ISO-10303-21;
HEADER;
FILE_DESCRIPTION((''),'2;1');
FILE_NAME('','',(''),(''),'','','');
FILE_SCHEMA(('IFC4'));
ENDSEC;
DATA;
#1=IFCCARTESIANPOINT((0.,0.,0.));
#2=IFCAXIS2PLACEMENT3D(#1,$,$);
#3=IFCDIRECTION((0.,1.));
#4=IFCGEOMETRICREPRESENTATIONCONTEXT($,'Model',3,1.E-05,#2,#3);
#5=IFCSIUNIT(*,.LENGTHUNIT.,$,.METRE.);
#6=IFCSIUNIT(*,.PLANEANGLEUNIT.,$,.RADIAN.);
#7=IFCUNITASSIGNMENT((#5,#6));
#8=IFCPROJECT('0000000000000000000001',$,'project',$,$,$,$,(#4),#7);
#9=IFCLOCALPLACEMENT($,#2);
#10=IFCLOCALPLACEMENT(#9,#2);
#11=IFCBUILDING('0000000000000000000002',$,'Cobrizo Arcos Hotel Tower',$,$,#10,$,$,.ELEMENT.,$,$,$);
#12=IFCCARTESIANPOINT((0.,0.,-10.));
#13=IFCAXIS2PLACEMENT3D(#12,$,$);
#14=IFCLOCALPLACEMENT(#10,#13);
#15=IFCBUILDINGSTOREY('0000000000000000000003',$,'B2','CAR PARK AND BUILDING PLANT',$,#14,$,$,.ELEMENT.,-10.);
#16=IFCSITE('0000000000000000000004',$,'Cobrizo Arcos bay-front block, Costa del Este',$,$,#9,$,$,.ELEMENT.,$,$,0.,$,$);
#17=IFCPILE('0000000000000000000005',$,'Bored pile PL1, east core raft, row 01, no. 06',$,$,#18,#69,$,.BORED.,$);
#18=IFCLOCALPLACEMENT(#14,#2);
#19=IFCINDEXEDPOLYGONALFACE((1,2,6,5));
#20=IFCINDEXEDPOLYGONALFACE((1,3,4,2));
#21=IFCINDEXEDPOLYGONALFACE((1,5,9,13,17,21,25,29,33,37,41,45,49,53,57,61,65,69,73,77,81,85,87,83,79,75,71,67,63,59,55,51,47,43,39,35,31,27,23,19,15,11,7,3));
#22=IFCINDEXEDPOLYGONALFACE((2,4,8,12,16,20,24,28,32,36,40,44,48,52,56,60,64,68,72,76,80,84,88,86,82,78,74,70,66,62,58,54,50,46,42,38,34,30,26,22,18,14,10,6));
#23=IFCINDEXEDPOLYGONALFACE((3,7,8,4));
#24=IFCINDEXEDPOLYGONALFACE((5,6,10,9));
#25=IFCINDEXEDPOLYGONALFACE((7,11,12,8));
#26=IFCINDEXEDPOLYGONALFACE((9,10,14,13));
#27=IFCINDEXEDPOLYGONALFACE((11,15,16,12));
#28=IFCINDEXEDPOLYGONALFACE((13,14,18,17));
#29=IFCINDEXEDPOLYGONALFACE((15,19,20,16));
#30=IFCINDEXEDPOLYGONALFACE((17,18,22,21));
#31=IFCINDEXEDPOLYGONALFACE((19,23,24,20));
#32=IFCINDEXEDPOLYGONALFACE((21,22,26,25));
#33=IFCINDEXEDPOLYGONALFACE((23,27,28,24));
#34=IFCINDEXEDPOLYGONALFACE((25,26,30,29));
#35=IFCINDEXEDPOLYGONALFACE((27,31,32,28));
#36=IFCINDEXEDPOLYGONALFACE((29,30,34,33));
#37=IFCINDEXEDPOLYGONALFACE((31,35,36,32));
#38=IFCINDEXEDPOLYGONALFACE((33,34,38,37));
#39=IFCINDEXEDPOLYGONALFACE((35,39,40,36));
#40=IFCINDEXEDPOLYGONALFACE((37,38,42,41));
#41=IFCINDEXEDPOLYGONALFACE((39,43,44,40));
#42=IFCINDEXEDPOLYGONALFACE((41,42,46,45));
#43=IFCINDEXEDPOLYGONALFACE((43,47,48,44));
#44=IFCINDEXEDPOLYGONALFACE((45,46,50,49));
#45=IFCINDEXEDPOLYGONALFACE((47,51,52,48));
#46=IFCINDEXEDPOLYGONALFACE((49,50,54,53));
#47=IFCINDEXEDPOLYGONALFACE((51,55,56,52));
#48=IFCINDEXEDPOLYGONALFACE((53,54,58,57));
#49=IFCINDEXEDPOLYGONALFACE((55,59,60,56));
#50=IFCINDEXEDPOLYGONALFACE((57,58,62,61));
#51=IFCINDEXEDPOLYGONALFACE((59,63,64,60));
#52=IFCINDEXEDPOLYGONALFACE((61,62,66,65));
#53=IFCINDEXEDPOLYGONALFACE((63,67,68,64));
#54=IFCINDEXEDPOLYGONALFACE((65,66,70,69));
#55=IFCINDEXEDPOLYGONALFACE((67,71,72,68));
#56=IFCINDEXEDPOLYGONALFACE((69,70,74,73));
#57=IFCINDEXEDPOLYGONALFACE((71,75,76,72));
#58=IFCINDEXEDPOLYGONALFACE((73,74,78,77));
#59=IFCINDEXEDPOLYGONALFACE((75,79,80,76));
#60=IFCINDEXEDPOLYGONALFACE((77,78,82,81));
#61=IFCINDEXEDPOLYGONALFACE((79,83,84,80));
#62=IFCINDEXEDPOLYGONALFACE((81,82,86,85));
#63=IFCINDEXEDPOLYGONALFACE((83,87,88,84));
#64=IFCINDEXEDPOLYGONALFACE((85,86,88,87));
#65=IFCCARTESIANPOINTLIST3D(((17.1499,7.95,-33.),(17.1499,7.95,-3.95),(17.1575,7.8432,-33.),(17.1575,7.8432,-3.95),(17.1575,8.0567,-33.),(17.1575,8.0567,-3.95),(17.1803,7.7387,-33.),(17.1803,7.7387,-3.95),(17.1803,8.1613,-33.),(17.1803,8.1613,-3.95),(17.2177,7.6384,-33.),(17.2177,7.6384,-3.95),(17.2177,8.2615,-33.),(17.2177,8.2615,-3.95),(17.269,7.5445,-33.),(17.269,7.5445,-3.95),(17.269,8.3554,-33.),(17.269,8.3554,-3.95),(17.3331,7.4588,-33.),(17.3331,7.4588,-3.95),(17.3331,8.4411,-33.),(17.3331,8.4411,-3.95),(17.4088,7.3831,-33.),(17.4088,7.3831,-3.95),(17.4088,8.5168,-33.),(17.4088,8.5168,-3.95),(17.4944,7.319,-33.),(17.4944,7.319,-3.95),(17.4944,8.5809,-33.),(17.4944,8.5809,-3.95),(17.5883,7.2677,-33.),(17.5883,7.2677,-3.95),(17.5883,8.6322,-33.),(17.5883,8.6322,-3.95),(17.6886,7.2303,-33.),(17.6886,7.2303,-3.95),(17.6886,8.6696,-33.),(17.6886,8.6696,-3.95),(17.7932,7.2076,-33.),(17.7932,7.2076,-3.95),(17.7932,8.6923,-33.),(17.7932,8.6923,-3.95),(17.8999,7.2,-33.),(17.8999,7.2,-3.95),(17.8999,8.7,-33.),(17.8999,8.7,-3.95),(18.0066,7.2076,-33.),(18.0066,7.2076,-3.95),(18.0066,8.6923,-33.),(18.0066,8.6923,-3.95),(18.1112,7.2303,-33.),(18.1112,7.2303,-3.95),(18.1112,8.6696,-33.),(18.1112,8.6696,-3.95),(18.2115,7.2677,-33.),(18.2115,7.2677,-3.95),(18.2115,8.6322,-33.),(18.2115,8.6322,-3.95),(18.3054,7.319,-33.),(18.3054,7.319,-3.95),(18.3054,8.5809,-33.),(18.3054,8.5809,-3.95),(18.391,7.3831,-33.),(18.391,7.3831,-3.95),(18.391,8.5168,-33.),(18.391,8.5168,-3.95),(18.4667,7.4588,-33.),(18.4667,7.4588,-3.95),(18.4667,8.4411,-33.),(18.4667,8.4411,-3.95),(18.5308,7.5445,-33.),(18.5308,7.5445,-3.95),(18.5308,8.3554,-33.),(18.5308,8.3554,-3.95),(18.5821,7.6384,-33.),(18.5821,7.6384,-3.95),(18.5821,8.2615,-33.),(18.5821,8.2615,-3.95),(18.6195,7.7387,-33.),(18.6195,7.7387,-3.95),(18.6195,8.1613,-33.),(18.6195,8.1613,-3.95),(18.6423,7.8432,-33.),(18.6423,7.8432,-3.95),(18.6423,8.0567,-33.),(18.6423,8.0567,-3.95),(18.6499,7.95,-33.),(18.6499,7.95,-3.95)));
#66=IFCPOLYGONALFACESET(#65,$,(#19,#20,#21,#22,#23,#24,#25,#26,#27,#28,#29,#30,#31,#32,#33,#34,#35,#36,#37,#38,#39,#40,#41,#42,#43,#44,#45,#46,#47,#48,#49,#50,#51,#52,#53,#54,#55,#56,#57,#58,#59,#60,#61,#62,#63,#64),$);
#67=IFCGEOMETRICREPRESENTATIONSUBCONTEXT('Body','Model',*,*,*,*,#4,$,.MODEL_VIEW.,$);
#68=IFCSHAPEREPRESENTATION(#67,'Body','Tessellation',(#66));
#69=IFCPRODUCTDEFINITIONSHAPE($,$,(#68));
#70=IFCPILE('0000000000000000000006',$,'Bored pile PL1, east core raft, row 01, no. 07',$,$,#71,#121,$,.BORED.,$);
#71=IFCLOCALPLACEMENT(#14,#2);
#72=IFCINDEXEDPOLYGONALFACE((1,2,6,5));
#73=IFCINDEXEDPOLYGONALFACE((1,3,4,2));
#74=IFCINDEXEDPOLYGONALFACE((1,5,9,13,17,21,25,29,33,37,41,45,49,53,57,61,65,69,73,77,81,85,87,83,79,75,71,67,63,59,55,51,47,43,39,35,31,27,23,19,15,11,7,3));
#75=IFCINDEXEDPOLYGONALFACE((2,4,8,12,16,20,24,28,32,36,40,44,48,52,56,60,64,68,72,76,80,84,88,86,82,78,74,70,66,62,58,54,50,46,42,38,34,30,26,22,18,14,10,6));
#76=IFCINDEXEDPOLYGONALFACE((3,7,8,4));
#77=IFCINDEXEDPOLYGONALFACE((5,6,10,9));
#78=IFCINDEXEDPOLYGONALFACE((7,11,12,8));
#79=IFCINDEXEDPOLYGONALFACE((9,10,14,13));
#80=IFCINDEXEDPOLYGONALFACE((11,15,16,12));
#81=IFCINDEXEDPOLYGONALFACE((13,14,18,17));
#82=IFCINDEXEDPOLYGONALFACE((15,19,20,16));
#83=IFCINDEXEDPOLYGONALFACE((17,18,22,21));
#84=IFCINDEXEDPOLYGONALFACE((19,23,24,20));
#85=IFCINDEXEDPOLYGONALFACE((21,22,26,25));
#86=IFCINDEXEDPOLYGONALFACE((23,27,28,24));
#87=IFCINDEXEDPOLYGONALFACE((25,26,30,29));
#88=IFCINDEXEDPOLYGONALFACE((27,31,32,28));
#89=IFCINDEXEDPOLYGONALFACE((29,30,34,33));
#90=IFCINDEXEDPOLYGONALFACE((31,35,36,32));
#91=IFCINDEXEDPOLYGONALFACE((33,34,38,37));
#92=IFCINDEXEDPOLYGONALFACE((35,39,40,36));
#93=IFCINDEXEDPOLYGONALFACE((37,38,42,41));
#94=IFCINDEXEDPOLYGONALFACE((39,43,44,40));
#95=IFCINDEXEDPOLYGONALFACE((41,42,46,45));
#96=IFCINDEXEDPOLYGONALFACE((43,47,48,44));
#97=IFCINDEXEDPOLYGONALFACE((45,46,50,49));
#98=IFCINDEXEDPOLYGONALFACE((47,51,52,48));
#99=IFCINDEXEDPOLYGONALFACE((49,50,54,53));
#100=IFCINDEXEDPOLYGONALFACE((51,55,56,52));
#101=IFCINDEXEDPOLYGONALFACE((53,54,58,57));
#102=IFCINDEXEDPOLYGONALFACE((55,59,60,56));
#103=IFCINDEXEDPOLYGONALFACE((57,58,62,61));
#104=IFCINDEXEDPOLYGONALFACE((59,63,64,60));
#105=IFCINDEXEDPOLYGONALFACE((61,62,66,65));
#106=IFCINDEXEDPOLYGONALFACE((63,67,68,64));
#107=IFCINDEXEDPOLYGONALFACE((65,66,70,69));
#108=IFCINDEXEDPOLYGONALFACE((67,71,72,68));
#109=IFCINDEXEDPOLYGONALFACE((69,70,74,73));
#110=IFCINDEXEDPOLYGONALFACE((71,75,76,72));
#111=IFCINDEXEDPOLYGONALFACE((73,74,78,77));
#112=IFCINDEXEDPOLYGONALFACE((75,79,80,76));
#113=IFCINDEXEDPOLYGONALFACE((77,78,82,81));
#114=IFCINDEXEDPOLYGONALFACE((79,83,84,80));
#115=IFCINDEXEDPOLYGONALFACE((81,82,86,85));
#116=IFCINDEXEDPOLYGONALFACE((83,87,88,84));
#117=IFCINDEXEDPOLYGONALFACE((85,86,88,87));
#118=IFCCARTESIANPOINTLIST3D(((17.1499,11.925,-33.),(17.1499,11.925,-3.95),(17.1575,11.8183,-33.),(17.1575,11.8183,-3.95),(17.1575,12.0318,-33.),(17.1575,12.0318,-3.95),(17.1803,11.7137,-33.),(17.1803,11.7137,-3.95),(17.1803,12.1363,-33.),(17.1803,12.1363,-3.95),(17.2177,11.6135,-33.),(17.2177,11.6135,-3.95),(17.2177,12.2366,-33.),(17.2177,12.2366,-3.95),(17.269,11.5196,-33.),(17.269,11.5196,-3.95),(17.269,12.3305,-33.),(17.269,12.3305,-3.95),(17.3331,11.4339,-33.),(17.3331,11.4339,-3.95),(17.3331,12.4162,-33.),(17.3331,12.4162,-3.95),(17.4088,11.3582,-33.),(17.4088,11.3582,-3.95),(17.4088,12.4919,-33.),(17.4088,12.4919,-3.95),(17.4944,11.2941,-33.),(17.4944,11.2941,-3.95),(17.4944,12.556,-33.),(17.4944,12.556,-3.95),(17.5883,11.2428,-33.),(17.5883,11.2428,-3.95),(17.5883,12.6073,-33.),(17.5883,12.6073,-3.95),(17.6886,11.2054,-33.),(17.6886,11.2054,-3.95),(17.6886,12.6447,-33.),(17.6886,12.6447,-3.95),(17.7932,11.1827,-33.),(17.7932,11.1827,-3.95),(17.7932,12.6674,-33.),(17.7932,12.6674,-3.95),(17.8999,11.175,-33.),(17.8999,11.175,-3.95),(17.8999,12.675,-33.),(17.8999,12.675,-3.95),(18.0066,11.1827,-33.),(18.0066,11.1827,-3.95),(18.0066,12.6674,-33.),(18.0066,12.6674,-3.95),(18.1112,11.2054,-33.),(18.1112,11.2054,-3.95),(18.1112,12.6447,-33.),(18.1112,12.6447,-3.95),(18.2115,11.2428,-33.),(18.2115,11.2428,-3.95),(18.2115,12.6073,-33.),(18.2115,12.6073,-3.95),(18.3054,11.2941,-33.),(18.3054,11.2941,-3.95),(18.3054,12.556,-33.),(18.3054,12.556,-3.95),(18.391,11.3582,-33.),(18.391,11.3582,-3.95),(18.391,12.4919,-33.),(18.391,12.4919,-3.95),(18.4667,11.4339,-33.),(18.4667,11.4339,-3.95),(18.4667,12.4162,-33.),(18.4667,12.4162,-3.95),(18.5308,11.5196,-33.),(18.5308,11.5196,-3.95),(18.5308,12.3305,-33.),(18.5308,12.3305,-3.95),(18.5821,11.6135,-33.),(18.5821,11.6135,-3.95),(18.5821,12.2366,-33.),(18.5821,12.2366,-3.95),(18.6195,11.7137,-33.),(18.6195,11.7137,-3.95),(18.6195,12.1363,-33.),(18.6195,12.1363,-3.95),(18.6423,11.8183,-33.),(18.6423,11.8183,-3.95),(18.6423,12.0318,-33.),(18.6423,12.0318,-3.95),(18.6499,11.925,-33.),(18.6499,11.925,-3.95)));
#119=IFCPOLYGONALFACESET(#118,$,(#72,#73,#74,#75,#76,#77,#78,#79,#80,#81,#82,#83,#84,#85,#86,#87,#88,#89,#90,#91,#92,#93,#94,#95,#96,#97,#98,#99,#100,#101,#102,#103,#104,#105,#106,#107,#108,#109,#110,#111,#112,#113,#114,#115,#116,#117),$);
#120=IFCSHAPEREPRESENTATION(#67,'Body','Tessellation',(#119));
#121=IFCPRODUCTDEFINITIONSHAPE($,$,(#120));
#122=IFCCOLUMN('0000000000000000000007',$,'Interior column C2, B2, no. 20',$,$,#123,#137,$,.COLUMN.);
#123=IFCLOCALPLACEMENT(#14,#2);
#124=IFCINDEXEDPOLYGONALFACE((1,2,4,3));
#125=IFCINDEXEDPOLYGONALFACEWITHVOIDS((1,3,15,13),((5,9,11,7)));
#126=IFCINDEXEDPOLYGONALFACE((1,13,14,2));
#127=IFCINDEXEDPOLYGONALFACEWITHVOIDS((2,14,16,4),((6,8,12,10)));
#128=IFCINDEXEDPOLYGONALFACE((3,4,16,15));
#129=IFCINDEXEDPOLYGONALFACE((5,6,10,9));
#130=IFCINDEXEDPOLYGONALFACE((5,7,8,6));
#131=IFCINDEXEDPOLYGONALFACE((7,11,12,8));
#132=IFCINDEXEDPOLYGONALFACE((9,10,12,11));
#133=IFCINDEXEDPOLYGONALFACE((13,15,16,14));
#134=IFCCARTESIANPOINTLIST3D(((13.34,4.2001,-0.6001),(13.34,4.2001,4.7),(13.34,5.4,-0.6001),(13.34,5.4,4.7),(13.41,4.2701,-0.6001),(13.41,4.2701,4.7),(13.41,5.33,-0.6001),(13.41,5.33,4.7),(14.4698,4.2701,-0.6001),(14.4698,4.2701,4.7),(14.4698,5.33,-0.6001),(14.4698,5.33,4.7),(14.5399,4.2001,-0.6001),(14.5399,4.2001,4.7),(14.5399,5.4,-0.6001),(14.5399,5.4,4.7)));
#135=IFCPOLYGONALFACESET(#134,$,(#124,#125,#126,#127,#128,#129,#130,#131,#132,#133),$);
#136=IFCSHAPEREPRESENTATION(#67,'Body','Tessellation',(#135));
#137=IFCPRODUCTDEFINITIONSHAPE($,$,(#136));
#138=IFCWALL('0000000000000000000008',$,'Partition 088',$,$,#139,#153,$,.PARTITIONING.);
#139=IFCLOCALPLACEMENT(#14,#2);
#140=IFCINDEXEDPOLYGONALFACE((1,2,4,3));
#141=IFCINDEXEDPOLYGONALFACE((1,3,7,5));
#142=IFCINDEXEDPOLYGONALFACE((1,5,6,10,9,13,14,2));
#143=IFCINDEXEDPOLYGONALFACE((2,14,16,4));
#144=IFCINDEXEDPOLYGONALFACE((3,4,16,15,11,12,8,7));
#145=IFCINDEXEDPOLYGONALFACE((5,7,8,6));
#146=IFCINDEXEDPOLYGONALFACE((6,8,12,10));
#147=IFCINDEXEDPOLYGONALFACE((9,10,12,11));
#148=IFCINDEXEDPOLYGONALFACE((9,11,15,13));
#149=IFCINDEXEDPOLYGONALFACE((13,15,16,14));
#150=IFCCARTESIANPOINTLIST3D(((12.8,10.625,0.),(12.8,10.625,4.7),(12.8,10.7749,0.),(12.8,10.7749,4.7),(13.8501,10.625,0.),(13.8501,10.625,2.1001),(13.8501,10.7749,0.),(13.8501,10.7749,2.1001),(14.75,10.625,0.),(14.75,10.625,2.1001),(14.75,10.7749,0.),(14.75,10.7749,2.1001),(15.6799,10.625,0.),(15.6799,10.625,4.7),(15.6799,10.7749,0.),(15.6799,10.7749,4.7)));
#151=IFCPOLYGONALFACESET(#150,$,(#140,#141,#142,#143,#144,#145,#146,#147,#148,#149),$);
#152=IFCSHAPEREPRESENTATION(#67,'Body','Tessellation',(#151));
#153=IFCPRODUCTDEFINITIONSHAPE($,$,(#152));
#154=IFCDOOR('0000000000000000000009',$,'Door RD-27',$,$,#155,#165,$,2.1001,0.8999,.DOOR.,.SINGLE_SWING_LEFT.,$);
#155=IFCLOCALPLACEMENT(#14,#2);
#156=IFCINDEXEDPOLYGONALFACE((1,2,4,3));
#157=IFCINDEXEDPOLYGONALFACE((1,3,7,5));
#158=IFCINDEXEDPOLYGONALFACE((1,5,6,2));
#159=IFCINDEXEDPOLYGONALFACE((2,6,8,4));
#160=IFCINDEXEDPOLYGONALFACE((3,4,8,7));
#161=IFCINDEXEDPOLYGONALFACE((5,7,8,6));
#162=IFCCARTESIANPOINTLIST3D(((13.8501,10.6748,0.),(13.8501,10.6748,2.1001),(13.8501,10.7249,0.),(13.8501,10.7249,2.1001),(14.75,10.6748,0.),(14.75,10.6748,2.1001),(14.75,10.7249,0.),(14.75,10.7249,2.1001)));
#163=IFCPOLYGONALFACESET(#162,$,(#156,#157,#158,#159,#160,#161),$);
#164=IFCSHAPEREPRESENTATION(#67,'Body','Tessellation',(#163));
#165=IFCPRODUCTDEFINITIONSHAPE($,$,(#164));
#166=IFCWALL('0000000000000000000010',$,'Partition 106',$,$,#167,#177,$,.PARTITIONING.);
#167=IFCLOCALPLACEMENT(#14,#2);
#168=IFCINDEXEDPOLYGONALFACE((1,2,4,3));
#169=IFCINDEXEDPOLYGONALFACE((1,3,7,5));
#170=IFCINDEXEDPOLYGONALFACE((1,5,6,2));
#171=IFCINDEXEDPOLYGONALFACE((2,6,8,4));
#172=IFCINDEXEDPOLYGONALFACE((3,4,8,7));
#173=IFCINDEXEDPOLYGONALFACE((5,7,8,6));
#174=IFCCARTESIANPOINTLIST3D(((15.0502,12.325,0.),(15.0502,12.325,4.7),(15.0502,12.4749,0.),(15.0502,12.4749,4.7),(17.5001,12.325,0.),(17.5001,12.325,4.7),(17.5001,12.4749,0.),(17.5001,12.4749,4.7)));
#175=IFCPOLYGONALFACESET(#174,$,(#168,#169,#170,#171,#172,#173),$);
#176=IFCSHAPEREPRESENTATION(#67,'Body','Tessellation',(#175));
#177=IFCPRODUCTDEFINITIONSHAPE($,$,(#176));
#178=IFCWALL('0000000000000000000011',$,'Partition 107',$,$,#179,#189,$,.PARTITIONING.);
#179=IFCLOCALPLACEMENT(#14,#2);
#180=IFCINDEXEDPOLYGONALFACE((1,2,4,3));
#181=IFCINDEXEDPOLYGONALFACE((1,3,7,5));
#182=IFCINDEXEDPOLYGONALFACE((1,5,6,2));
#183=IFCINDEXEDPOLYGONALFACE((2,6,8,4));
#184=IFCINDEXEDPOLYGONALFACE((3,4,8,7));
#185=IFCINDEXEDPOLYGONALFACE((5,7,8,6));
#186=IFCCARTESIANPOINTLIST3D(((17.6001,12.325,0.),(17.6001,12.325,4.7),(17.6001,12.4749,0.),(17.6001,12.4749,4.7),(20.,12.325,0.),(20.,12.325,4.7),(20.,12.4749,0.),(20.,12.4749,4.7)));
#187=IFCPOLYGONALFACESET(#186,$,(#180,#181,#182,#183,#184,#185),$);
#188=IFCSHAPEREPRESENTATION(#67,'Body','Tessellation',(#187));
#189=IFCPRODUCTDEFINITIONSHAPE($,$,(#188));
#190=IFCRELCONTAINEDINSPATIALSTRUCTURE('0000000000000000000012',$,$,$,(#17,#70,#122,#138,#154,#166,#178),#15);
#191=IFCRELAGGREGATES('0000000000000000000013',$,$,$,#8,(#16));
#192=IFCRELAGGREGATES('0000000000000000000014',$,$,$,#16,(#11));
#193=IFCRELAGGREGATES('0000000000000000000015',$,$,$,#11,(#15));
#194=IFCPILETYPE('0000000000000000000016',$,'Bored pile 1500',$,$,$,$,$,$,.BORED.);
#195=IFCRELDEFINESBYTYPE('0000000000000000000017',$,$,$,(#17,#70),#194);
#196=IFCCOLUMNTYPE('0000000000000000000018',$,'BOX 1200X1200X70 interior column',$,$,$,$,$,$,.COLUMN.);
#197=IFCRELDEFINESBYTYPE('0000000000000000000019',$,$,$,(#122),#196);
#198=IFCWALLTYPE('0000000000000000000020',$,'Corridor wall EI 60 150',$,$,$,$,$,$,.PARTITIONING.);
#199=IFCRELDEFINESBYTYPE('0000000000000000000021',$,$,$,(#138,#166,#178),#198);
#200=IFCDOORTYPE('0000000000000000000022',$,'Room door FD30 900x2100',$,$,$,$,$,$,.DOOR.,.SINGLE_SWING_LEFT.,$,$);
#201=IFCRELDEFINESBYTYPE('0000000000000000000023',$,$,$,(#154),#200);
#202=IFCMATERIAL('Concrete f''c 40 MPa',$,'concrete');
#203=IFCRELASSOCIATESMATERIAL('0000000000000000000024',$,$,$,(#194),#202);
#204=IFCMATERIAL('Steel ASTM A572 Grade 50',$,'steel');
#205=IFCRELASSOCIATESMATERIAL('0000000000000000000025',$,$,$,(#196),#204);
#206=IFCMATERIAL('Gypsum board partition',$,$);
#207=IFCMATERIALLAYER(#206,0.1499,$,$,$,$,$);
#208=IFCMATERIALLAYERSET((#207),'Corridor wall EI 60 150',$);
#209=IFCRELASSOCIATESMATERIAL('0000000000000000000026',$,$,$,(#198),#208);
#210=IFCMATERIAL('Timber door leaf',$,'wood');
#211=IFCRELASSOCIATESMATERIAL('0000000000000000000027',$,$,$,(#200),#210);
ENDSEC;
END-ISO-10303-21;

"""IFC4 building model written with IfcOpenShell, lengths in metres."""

from ifc_helpers import new_model, si_unit, direction, frame, frame_2d, origin, origin_2d, place, context, subcontext, project, spatial, rectangle, hollow_rectangle, circle, extrude, material, layer, layer_set, material_profile, profile_set, type_object, element, fill, save


model = new_model("IFC4")

# Units and contexts
model_context = context("Model", 3, precision=1e-05, world=origin(), true_north=direction((0.0, 1.0)))
body_context = subcontext(model_context, "Body", "Model", "MODEL_VIEW")
ifc_project = project(units=[si_unit("LENGTHUNIT", "METRE"), si_unit("PLANEANGLEUNIT", "RADIAN")], contexts=[model_context])

# Site, building, storey
site_placement = place(None, origin())
site = spatial("IfcSite", under=ifc_project, at=site_placement, Name="Cobrizo Arcos bay-front block, Costa del Este", CompositionType="ELEMENT", RefElevation=0.0)
building_placement = place(site_placement, origin())
building = spatial("IfcBuilding", under=site, at=building_placement, Name="Cobrizo Arcos Hotel Tower", CompositionType="ELEMENT")
storey_placement = place(building_placement, frame((0.0, 0.0, -10.0)))
storey = spatial("IfcBuildingStorey", under=building, at=storey_placement, Name="B2", Description="CAR PARK AND BUILDING PLANT", CompositionType="ELEMENT", Elevation=-10.0)

# Piles
ifc_material_1 = material(Name="Concrete f'c 40 MPa", Category="concrete")
ifc_material_profile_1 = material_profile(ifc_material_1, circle(Radius=0.75, at=origin_2d()), Name="BORED PILE 1500")
ifc_profile_set_1 = profile_set([ifc_material_profile_1], Name="Concrete f'c 40 MPa")
pile_type = type_object("IfcPileType", Name="Bored pile 1500", PredefinedType="BORED", material=ifc_profile_set_1)
for number, where, z_axis, x_axis, name in (
    (1, (17.8999, 7.95, -3.95), (0.0, 0.0, -1.0), (1.0, 0.0, 0.0), "Bored pile PL1, east core raft, row 01, no. 06"),
    (2, (17.8999, 11.925, -3.95), (0.0, 0.0, -1.0), (1.0, 0.0, 0.0), "Bored pile PL1, east core raft, row 01, no. 07"),
):
    element("IfcPile", number, at=place(storey_placement, frame(where, z_axis=z_axis, x_axis=x_axis)), inside=storey, type_object=pile_type, Name=name, PredefinedType="BORED", context=body_context, shape_type="SweptSolid", body=[
        extrude(circle(Radius=0.75, at=origin_2d()), origin(), (0.0, 0.0, 1.0), 29.05),
    ])

# Column
ifc_material_2 = material(Name="Steel ASTM A572 Grade 50", Category="steel")
ifc_material_profile_2 = material_profile(ifc_material_2, hollow_rectangle(XDim=1.2, YDim=1.2, WallThickness=0.0701, at=origin_2d()), Name="BOX 1200X1200X70")
ifc_profile_set_2 = profile_set([ifc_material_profile_2], Name="Steel ASTM A572 Grade 50")
column_type = type_object("IfcColumnType", Name="BOX 1200X1200X70 interior column", PredefinedType="COLUMN", material=ifc_profile_set_2)
column_placement = place(storey_placement, frame((13.9399, 4.8, -0.6001), z_axis=(0.0, 0.0, 1.0), x_axis=(1.0, 0.0, 0.0)))
element("IfcColumn", 3, at=column_placement, inside=storey, type_object=column_type, Name="Interior column C2, B2, no. 20", PredefinedType="COLUMN", context=body_context, shape_type="SweptSolid", body=[
    extrude(hollow_rectangle(XDim=1.2, YDim=1.2, WallThickness=0.0701, at=origin_2d()), origin(), (0.0, 0.0, 1.0), 5.3),
])

# Wall, opening, door
ifc_material_3 = material(Name="Gypsum board partition")
ifc_layer_1 = layer(ifc_material_3, 0.1499)
ifc_layer_set_1 = layer_set([ifc_layer_1], Name="Corridor wall EI 60 150")
wall_type_1 = type_object("IfcWallType", Name="Corridor wall EI 60 150", PredefinedType="PARTITIONING", material=ifc_layer_set_1)
wall_1_placement = place(storey_placement, frame((12.8, 10.7, 0.0), z_axis=(0.0, 0.0, 1.0), x_axis=(1.0, 0.0, 0.0)))
wall_1 = element("IfcWall", 4, at=wall_1_placement, inside=storey, type_object=wall_type_1, Name="Partition 088", PredefinedType="PARTITIONING", context=body_context, shape_type="SweptSolid", body=[
    extrude(rectangle(XDim=2.8799, YDim=0.1499, at=frame_2d((1.4399, 0.0))), origin(), (0.0, 0.0, 1.0), 4.7),
])
opening_1_placement = place(wall_1_placement, frame((1.05, 0.0, 0.0)))
opening_1 = element("IfcOpeningElement", 5, at=opening_1_placement, cuts=wall_1, PredefinedType="OPENING", context=body_context, shape_type="SweptSolid", body=[
    extrude(rectangle(XDim=0.8999, YDim=2.1001, at=frame_2d((0.45, 1.05))), frame((0.0, 0.0869, 0.0), z_axis=(0.0, -1.0, 0.0), x_axis=(1.0, 0.0, 0.0)), (0.0, 0.0, 1.0), 0.1738),
])
ifc_material_4 = material(Name="Timber door leaf", Category="wood")
door_type_1 = type_object("IfcDoorType", Name="Room door FD30 900x2100", OperationType="SINGLE_SWING_LEFT", PredefinedType="DOOR", material=ifc_material_4)
door_1_placement = place(opening_1_placement, origin())
door_1 = element("IfcDoor", 6, at=door_1_placement, inside=storey, type_object=door_type_1, Name="Door RD-27", OperationType="SINGLE_SWING_LEFT", OverallHeight=2.1001, OverallWidth=0.8999, PredefinedType="DOOR", context=body_context, shape_type="SweptSolid", body=[
    extrude(rectangle(XDim=0.8999, YDim=2.1001, at=frame_2d((0.45, 1.05))), frame((0.0, 0.0249, 0.0), z_axis=(0.0, -1.0, 0.0), x_axis=(1.0, 0.0, 0.0)), (0.0, 0.0, 1.0), 0.05),
])
fill(opening_1, door_1)

# Walls
wall_2_placement = place(storey_placement, frame((15.05, 12.3999, 0.0), z_axis=(0.0, 0.0, 1.0), x_axis=(1.0, 0.0, 0.0)))
element("IfcWall", 7, at=wall_2_placement, inside=storey, type_object=wall_type_1, Name="Partition 106", PredefinedType="PARTITIONING", context=body_context, shape_type="SweptSolid", body=[
    extrude(rectangle(XDim=2.45, YDim=0.1499, at=frame_2d((1.2251, 0.0))), origin(), (0.0, 0.0, 1.0), 4.7),
])
wall_3_placement = place(storey_placement, frame((17.6001, 12.3999, 0.0), z_axis=(0.0, 0.0, 1.0), x_axis=(1.0, 0.0, 0.0)))
element("IfcWall", 8, at=wall_3_placement, inside=storey, type_object=wall_type_1, Name="Partition 107", PredefinedType="PARTITIONING", context=body_context, shape_type="SweptSolid", body=[
    extrude(rectangle(XDim=2.3999, YDim=0.1499, at=frame_2d((1.2, 0.0))), origin(), (0.0, 0.0, 1.0), 4.7),
])

save(model, "model.ifc")
